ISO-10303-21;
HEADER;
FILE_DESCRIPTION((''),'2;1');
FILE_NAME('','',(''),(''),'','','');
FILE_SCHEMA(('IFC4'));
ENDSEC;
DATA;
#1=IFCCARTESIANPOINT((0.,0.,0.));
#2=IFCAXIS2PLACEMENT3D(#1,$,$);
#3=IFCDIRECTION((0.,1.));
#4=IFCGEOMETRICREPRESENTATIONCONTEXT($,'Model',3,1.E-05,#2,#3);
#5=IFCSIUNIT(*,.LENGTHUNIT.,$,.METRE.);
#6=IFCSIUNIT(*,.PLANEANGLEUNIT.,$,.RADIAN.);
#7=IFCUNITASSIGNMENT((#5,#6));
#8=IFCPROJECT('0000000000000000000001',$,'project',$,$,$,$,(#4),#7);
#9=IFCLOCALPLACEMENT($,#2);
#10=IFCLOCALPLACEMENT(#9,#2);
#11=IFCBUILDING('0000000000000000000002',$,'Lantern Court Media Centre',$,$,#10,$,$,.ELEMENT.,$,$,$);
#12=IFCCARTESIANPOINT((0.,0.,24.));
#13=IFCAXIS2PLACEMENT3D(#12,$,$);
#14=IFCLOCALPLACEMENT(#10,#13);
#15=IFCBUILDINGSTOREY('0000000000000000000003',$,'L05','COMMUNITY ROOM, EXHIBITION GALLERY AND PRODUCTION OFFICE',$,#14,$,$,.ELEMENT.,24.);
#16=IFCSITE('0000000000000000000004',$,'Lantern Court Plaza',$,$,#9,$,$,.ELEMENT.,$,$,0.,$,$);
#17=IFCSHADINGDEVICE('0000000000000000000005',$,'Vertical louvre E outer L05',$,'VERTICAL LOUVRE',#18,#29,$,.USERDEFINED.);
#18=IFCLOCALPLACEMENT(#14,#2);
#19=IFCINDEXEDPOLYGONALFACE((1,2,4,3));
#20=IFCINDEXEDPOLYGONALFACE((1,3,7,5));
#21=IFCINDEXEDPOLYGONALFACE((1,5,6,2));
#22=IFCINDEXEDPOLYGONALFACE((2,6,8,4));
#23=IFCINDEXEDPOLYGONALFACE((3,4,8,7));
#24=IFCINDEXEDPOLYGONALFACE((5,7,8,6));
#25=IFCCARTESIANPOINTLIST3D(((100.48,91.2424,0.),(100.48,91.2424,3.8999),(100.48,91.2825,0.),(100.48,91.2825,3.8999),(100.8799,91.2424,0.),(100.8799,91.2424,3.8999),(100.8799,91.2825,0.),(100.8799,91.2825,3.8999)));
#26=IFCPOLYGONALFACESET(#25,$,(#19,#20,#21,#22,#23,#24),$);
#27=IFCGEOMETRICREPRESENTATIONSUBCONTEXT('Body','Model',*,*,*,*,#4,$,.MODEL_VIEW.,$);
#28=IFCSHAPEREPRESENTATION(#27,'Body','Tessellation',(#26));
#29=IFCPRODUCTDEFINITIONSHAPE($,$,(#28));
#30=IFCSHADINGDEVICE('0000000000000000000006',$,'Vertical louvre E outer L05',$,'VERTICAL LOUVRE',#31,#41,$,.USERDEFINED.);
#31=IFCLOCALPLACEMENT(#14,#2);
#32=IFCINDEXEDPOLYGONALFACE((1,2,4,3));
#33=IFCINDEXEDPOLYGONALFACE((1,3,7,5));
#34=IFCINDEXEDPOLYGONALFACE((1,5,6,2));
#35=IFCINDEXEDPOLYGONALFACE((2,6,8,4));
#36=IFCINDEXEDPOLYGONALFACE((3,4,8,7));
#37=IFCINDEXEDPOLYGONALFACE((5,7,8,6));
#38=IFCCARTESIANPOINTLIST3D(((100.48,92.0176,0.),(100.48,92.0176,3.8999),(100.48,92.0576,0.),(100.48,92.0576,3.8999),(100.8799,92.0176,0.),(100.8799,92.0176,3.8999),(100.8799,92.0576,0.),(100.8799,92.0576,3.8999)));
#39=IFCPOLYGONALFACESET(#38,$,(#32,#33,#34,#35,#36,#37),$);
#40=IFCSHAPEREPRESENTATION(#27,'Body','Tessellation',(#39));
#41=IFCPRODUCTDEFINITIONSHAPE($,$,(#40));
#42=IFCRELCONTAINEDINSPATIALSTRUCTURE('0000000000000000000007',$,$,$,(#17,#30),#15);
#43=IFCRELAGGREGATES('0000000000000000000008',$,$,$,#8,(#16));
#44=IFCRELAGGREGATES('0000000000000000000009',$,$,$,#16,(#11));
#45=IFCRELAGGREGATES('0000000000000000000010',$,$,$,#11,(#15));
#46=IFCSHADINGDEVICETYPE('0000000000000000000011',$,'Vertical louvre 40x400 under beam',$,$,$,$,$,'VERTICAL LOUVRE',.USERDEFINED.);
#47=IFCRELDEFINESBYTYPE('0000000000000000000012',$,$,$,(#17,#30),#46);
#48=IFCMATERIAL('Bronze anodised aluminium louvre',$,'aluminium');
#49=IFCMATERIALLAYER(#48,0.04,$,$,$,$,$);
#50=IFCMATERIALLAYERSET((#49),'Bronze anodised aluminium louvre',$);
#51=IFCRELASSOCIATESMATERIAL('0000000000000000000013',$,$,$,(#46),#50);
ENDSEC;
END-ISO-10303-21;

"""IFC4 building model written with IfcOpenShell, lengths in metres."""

from ifc_helpers import new_model, si_unit, direction, frame, origin, origin_2d, place, context, subcontext, project, spatial, rectangle, extrude, material, layer, layer_set, type_object, element, save


model = new_model("IFC4")

# Units and contexts
model_context = context("Model", 3, precision=1e-05, world=origin(), true_north=direction((0.0, 1.0)))
body_context = subcontext(model_context, "Body", "Model", "MODEL_VIEW")
ifc_project = project(units=[si_unit("LENGTHUNIT", "METRE"), si_unit("PLANEANGLEUNIT", "RADIAN")], contexts=[model_context])

# Site, building, storey
site_placement = place(None, origin())
site = spatial("IfcSite", under=ifc_project, at=site_placement, Name="Lantern Court Plaza", CompositionType="ELEMENT", RefElevation=0.0)
building_placement = place(site_placement, origin())
building = spatial("IfcBuilding", under=site, at=building_placement, Name="Lantern Court Media Centre", CompositionType="ELEMENT")
storey_placement = place(building_placement, frame((0.0, 0.0, 24.0)))
storey = spatial("IfcBuildingStorey", under=building, at=storey_placement, Name="L05", Description="COMMUNITY ROOM, EXHIBITION GALLERY AND PRODUCTION OFFICE", CompositionType="ELEMENT", Elevation=24.0)

# Shading devices
ifc_material_1 = material(Name="Bronze anodised aluminium louvre", Category="aluminium")
ifc_layer_1 = layer(ifc_material_1, 0.04)
ifc_layer_set_1 = layer_set([ifc_layer_1], Name="Bronze anodised aluminium louvre")
shading_device_type = type_object("IfcShadingDeviceType", Name="Vertical louvre 40x400 under beam", ElementType="VERTICAL LOUVRE", PredefinedType="USERDEFINED", material=ifc_layer_set_1)
for number, where, z_axis, x_axis, name in (
    (1, (100.6799, 91.2625, 0.0), (0.0, 0.0, 1.0), (1.0, 0.0, 0.0), "Vertical louvre E outer L05"),
    (2, (100.6799, 92.0376, 0.0), (0.0, 0.0, 1.0), (1.0, 0.0, 0.0), "Vertical louvre E outer L05"),
):
    element("IfcShadingDevice", number, at=place(storey_placement, frame(where, z_axis=z_axis, x_axis=x_axis)), inside=storey, type_object=shading_device_type, Name=name, ObjectType="VERTICAL LOUVRE", PredefinedType="USERDEFINED", context=body_context, shape_type="SweptSolid", body=[
        extrude(rectangle(XDim=0.3999, YDim=0.04, at=origin_2d()), origin(), (0.0, 0.0, 1.0), 3.8999),
    ])

save(model, "model.ifc")
